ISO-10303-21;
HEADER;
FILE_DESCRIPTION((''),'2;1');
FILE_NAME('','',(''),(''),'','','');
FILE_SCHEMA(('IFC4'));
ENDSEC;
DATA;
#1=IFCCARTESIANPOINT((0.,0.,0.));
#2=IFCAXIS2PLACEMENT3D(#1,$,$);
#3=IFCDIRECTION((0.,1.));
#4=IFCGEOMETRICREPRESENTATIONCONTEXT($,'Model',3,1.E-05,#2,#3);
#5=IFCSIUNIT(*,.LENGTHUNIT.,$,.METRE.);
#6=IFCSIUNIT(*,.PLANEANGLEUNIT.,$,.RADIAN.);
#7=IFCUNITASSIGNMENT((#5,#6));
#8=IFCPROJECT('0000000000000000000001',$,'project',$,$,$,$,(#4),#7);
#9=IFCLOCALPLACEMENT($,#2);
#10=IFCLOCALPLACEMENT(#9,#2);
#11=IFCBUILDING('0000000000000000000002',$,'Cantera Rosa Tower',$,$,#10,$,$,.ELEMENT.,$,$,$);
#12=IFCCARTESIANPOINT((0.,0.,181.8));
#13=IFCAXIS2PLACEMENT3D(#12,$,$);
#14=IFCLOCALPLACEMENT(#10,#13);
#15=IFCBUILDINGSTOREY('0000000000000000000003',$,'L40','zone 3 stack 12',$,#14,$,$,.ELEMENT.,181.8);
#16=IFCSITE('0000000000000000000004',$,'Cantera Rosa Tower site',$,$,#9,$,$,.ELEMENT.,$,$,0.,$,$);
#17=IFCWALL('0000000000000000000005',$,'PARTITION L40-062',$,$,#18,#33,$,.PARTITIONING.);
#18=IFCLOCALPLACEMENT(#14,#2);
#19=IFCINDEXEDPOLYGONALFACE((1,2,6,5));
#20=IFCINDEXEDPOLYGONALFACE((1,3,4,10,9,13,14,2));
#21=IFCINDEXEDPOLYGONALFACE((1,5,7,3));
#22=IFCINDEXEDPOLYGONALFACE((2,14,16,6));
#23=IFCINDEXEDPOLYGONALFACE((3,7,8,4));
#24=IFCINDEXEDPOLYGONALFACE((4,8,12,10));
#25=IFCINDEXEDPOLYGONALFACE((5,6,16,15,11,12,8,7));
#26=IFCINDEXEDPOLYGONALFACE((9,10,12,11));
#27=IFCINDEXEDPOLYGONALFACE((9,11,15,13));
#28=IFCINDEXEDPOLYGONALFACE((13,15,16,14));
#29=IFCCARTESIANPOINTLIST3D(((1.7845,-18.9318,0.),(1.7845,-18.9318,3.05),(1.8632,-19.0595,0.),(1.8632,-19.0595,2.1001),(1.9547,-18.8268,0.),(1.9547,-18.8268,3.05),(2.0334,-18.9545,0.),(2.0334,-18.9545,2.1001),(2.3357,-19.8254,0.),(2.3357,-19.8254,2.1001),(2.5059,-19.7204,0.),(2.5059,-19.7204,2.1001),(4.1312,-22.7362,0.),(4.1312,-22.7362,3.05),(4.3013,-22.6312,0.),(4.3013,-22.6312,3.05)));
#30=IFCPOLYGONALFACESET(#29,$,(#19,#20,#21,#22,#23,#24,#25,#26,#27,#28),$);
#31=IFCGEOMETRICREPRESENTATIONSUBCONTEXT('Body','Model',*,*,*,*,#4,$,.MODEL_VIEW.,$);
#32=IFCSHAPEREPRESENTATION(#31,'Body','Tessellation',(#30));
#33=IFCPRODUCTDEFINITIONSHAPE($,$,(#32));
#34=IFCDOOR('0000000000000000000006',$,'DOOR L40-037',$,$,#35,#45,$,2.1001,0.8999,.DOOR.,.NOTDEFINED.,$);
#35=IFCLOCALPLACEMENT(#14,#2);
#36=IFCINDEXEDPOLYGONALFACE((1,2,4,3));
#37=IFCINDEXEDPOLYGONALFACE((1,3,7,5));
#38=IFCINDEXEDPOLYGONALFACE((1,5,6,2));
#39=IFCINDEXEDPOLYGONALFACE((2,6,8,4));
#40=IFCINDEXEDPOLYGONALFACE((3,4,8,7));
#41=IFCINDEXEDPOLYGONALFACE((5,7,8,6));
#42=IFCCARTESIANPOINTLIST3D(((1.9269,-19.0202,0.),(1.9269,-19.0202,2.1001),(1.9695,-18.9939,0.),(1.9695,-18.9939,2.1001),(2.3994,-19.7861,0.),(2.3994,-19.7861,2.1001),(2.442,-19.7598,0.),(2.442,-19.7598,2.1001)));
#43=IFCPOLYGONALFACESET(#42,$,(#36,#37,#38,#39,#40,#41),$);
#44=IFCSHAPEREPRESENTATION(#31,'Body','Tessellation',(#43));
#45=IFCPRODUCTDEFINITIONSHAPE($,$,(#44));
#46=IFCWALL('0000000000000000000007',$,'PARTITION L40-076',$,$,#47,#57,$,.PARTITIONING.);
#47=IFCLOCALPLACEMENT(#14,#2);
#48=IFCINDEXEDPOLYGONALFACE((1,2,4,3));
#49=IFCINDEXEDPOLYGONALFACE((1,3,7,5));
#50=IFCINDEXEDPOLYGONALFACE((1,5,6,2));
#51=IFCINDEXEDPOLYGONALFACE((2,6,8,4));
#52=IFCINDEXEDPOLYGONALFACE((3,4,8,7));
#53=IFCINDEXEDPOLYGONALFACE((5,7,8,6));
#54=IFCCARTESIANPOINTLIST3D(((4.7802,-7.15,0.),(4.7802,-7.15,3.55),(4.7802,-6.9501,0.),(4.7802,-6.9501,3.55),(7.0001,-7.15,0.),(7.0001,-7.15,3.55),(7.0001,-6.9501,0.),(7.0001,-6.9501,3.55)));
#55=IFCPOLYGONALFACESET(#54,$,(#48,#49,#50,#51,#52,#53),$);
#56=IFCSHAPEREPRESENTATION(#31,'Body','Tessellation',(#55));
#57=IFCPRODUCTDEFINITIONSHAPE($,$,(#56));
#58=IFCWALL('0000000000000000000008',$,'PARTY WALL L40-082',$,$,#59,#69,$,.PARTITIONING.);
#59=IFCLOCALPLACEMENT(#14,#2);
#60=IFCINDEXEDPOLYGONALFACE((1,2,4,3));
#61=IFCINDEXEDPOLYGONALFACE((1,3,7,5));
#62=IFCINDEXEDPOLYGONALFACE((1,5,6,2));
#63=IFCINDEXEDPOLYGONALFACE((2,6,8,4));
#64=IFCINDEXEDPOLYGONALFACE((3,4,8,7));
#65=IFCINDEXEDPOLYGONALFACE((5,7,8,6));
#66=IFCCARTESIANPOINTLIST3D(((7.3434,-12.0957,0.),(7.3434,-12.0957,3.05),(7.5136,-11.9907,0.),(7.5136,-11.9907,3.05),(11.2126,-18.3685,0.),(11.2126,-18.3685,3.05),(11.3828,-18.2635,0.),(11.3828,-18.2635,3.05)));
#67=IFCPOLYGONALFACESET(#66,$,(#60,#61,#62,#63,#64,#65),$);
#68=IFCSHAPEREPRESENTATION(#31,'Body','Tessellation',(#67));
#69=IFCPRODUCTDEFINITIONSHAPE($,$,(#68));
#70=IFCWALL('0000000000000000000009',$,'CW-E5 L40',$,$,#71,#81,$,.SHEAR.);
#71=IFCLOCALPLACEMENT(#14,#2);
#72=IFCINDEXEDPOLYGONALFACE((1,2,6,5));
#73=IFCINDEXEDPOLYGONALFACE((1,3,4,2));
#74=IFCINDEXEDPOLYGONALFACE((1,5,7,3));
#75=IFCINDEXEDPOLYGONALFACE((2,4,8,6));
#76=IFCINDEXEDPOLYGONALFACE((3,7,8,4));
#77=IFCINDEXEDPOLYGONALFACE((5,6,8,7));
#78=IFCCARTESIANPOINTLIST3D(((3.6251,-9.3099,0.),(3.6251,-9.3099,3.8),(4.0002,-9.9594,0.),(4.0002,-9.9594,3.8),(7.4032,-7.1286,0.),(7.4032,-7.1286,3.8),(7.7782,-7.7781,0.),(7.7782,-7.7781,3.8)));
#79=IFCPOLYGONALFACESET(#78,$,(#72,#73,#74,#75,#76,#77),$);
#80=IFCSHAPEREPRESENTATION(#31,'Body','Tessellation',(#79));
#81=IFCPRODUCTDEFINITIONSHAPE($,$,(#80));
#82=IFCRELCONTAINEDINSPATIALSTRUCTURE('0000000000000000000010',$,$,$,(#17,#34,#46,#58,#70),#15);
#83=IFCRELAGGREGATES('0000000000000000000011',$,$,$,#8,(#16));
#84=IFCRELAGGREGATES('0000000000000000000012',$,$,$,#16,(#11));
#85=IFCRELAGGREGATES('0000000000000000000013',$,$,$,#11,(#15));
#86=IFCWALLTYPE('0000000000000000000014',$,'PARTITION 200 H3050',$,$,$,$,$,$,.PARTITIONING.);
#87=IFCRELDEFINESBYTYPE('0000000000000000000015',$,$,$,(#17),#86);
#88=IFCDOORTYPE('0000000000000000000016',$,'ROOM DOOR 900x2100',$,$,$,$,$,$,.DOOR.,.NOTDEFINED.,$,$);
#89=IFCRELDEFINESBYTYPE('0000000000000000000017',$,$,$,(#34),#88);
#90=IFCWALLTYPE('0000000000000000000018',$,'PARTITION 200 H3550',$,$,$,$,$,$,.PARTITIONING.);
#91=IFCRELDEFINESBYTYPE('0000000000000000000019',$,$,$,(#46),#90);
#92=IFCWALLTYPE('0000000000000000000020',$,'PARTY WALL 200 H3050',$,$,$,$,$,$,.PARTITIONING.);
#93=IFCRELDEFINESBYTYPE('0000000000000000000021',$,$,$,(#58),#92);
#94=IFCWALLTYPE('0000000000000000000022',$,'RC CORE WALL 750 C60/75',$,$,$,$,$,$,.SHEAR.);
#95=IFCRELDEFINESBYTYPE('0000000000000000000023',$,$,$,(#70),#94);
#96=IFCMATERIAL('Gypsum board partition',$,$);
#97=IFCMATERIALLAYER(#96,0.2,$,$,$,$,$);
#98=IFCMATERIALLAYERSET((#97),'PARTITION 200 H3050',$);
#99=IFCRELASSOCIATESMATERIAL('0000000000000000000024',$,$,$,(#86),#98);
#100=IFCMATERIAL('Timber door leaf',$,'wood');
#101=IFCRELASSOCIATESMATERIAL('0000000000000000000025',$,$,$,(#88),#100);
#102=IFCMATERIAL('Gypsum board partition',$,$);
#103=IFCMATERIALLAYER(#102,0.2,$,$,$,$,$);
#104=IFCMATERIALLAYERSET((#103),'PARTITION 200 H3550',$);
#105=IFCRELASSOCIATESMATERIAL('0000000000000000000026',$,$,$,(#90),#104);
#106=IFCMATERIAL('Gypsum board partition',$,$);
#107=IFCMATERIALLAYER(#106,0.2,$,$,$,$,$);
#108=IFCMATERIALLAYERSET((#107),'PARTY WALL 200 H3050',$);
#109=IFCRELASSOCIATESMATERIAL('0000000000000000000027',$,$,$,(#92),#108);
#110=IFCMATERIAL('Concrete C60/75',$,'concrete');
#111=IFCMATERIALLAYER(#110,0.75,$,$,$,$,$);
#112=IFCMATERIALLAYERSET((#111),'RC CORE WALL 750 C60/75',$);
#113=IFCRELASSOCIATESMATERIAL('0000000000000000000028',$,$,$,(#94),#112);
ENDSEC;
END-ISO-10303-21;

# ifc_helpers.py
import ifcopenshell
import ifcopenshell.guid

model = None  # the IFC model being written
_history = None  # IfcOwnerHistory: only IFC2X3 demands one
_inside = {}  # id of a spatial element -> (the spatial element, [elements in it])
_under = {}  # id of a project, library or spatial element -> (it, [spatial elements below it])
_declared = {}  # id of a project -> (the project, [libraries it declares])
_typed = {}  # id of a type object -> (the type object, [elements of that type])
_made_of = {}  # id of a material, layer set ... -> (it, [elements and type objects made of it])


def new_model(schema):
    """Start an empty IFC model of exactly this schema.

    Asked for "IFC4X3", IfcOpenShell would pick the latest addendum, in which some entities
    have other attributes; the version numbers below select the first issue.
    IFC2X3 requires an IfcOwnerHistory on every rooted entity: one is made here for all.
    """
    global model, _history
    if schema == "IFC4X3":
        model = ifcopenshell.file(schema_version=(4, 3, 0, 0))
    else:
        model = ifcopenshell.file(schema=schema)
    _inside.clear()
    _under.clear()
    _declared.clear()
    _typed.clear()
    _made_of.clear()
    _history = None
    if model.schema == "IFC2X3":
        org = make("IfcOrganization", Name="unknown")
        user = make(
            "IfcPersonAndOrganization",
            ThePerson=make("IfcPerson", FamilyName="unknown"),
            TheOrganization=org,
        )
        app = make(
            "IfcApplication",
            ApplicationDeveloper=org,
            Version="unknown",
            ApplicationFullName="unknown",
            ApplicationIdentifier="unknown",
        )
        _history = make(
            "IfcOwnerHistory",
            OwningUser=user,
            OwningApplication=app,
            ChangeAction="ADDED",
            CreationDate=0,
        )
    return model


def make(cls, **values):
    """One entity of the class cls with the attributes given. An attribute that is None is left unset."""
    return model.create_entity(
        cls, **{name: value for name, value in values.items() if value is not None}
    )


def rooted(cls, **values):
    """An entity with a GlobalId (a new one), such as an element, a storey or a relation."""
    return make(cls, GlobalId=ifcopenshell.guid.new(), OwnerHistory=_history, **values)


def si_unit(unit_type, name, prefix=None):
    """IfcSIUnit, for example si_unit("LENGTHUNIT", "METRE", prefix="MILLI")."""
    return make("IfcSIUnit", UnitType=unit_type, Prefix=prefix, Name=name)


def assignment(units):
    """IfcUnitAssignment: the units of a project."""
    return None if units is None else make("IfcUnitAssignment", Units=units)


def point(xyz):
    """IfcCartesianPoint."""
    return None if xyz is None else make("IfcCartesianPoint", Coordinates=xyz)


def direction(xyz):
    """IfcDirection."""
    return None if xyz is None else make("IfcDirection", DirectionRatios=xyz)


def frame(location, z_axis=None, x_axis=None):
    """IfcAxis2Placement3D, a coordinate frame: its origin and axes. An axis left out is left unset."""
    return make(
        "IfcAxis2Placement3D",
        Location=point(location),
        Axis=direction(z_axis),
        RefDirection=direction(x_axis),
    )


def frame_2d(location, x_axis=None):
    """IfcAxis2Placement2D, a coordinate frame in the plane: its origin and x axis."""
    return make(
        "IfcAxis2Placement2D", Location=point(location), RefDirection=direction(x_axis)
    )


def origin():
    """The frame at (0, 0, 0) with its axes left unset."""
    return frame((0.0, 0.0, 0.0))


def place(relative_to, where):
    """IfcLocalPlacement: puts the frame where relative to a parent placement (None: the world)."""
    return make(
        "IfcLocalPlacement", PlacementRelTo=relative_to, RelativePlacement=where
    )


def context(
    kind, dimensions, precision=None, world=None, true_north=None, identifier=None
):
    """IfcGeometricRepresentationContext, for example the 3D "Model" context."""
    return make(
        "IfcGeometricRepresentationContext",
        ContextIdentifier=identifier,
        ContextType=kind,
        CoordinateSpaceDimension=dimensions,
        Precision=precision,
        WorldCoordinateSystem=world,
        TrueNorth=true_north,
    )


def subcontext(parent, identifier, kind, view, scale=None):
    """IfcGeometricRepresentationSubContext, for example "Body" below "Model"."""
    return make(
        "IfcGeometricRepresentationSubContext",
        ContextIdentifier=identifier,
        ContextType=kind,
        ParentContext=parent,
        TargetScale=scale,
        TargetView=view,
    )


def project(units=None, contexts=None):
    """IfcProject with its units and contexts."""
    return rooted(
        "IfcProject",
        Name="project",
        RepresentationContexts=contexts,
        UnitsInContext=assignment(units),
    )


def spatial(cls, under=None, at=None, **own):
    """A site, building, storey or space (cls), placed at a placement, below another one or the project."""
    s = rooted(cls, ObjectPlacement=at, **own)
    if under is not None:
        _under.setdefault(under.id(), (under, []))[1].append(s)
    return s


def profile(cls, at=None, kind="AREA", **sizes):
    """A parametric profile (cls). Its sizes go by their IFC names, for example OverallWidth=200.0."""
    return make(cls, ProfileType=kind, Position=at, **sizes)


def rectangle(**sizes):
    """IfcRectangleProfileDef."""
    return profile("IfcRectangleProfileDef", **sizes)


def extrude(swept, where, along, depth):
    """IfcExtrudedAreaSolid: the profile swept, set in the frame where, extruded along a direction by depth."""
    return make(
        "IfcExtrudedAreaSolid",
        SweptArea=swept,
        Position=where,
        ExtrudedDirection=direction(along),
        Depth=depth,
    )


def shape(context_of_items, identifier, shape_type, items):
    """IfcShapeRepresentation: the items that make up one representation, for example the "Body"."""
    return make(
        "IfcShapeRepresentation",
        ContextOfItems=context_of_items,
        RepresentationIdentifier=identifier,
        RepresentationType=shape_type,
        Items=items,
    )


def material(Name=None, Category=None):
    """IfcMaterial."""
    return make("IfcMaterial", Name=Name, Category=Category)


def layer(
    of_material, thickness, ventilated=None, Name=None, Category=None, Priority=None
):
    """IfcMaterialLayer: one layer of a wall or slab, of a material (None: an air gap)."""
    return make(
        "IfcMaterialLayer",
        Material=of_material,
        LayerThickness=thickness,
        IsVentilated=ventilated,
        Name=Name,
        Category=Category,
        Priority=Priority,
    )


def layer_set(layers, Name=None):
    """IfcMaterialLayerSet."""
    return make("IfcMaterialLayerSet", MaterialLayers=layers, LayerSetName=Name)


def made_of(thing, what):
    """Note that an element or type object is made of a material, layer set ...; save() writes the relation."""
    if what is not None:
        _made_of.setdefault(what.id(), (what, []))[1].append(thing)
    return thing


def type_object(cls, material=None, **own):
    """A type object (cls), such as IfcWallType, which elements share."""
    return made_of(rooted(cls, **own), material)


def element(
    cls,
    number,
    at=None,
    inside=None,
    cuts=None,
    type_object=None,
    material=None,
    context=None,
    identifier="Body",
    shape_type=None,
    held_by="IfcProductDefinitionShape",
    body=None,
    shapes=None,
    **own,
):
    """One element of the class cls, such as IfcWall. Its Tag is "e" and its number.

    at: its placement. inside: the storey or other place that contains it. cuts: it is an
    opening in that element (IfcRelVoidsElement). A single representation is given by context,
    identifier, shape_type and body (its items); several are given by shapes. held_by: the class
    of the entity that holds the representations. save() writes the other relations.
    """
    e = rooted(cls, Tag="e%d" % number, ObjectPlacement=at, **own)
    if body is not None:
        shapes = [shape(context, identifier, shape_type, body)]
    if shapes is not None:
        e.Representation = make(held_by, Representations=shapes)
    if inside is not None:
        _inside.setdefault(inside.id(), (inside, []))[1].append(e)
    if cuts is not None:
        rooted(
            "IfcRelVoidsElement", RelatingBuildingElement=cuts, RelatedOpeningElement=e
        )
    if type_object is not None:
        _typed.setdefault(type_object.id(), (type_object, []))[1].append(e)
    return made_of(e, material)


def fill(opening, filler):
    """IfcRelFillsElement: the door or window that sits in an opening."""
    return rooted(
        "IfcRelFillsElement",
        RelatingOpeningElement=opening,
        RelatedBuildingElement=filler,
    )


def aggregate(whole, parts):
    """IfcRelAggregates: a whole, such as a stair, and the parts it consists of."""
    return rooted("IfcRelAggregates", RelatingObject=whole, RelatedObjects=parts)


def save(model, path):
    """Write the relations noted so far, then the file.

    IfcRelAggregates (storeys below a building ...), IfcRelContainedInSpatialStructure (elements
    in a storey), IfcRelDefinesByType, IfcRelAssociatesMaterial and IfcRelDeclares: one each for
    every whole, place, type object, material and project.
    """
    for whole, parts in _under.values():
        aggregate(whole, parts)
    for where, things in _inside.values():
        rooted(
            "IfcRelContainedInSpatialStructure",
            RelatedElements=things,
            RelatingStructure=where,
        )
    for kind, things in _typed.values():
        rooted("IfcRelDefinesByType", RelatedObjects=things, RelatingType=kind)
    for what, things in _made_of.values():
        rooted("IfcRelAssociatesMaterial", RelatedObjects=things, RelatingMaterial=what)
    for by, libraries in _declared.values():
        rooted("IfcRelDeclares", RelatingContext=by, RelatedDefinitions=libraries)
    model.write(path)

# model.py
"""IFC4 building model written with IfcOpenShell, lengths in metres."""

from ifc_helpers import new_model, si_unit, direction, frame, frame_2d, origin, place, context, subcontext, project, spatial, rectangle, extrude, material, layer, layer_set, type_object, element, fill, save


model = new_model("IFC4")

# Units and contexts
model_context = context("Model", 3, precision=1e-05, world=origin(), true_north=direction((0.0, 1.0)))
body_context = subcontext(model_context, "Body", "Model", "MODEL_VIEW")
ifc_project = project(units=[si_unit("LENGTHUNIT", "METRE"), si_unit("PLANEANGLEUNIT", "RADIAN")], contexts=[model_context])

# Site, building, storey
site_placement = place(None, origin())
site = spatial("IfcSite", under=ifc_project, at=site_placement, Name="Cantera Rosa Tower site", CompositionType="ELEMENT", RefElevation=0.0)
building_placement = place(site_placement, origin())
building = spatial("IfcBuilding", under=site, at=building_placement, Name="Cantera Rosa Tower", CompositionType="ELEMENT")
storey_placement = place(building_placement, frame((0.0, 0.0, 181.8)))
storey = spatial("IfcBuildingStorey", under=building, at=storey_placement, Name="L40", Description="zone 3 stack 12", CompositionType="ELEMENT", Elevation=181.8)

# Wall, opening, door
ifc_material_1 = material(Name="Gypsum board partition")
ifc_layer_1 = layer(ifc_material_1, 0.2)
ifc_layer_set_1 = layer_set([ifc_layer_1], Name="PARTITION 200 H3050")
wall_type_1 = type_object("IfcWallType", Name="PARTITION 200 H3050", PredefinedType="PARTITIONING", material=ifc_layer_set_1)
wall_1_placement = place(storey_placement, frame((1.8696, -18.8794, 0.0), z_axis=(0.0, 0.0, 1.0), x_axis=(0.524987, -0.85111, 0.0)))
wall_1 = element("IfcWall", 1, at=wall_1_placement, inside=storey, type_object=wall_type_1, Name="PARTITION L40-062", PredefinedType="PARTITIONING", context=body_context, shape_type="SweptSolid", body=[
    extrude(rectangle(XDim=4.47, YDim=0.2, at=frame_2d((2.2349, 0.0))), origin(), (0.0, 0.0, 1.0), 3.05),
])
opening_1_placement = place(wall_1_placement, frame((0.1499, 0.0, 0.0)))
opening_1 = element("IfcOpeningElement", 2, at=opening_1_placement, cuts=wall_1, PredefinedType="OPENING", context=body_context, shape_type="SweptSolid", body=[
    extrude(rectangle(XDim=0.8999, YDim=2.1001, at=frame_2d((0.45, 1.05))), frame((0.0, 0.1099, 0.0), z_axis=(0.0, -1.0, 0.0), x_axis=(1.0, 0.0, 0.0)), (0.0, 0.0, 1.0), 0.22),
])
ifc_material_2 = material(Name="Timber door leaf", Category="wood")
door_type_1 = type_object("IfcDoorType", Name="ROOM DOOR 900x2100", OperationType="NOTDEFINED", PredefinedType="DOOR", material=ifc_material_2)
door_1_placement = place(opening_1_placement, origin())
door_1 = element("IfcDoor", 3, at=door_1_placement, inside=storey, type_object=door_type_1, Name="DOOR L40-037", OperationType="NOTDEFINED", OverallHeight=2.1001, OverallWidth=0.8999, PredefinedType="DOOR", context=body_context, shape_type="SweptSolid", body=[
    extrude(rectangle(XDim=0.8999, YDim=2.1001, at=frame_2d((0.45, 1.05))), frame((0.0, 0.0249, 0.0), z_axis=(0.0, -1.0, 0.0), x_axis=(1.0, 0.0, 0.0)), (0.0, 0.0, 1.0), 0.05),
])
fill(opening_1, door_1)

# Walls
ifc_material_3 = material(Name="Gypsum board partition")
ifc_layer_2 = layer(ifc_material_3, 0.2)
ifc_layer_set_2 = layer_set([ifc_layer_2], Name="PARTITION 200 H3550")
wall_type_2 = type_object("IfcWallType", Name="PARTITION 200 H3550", PredefinedType="PARTITIONING", material=ifc_layer_set_2)
wall_2_placement = place(storey_placement, frame((7.0, -7.05, 0.0), z_axis=(0.0, 0.0, 1.0), x_axis=(-1.0, 0.0, 0.0)))
element("IfcWall", 4, at=wall_2_placement, inside=storey, type_object=wall_type_2, Name="PARTITION L40-076", PredefinedType="PARTITIONING", context=body_context, shape_type="SweptSolid", body=[
    extrude(rectangle(XDim=2.22, YDim=0.2, at=frame_2d((1.1099, 0.0))), origin(), (0.0, 0.0, 1.0), 3.55),
])
ifc_material_4 = material(Name="Gypsum board partition")
ifc_layer_3 = layer(ifc_material_4, 0.2)
ifc_layer_set_3 = layer_set([ifc_layer_3], Name="PARTY WALL 200 H3050")
wall_type_3 = type_object("IfcWallType", Name="PARTY WALL 200 H3050", PredefinedType="PARTITIONING", material=ifc_layer_set_3)
wall_3_placement = place(storey_placement, frame((7.4285, -12.0432, 0.0), z_axis=(0.0, 0.0, 1.0), x_axis=(0.524984, -0.851112, 0.0)))
element("IfcWall", 5, at=wall_3_placement, inside=storey, type_object=wall_type_3, Name="PARTY WALL L40-082", PredefinedType="PARTITIONING", context=body_context, shape_type="SweptSolid", body=[
    extrude(rectangle(XDim=7.3701, YDim=0.2, at=frame_2d((3.6851, 0.0))), origin(), (0.0, 0.0, 1.0), 3.05),
])
ifc_material_5 = material(Name="Concrete C60/75", Category="concrete")
ifc_layer_4 = layer(ifc_material_5, 0.75)
ifc_layer_set_4 = layer_set([ifc_layer_4], Name="RC CORE WALL 750 C60/75")
wall_type_4 = type_object("IfcWallType", Name="RC CORE WALL 750 C60/75", PredefinedType="SHEAR", material=ifc_layer_set_4)
wall_4_placement = place(storey_placement, frame((7.5906, -7.4534, 0.0), z_axis=(0.0, 0.0, 1.0), x_axis=(-0.866013, -0.500021, 0.0)))
element("IfcWall", 6, at=wall_4_placement, inside=storey, type_object=wall_type_4, Name="CW-E5 L40", PredefinedType="SHEAR", context=body_context, shape_type="SweptSolid", body=[
    extrude(rectangle(XDim=4.3625, YDim=0.75, at=frame_2d((2.1812, 0.0))), origin(), (0.0, 0.0, 1.0), 3.8),
])

save(model, "model.ifc")
